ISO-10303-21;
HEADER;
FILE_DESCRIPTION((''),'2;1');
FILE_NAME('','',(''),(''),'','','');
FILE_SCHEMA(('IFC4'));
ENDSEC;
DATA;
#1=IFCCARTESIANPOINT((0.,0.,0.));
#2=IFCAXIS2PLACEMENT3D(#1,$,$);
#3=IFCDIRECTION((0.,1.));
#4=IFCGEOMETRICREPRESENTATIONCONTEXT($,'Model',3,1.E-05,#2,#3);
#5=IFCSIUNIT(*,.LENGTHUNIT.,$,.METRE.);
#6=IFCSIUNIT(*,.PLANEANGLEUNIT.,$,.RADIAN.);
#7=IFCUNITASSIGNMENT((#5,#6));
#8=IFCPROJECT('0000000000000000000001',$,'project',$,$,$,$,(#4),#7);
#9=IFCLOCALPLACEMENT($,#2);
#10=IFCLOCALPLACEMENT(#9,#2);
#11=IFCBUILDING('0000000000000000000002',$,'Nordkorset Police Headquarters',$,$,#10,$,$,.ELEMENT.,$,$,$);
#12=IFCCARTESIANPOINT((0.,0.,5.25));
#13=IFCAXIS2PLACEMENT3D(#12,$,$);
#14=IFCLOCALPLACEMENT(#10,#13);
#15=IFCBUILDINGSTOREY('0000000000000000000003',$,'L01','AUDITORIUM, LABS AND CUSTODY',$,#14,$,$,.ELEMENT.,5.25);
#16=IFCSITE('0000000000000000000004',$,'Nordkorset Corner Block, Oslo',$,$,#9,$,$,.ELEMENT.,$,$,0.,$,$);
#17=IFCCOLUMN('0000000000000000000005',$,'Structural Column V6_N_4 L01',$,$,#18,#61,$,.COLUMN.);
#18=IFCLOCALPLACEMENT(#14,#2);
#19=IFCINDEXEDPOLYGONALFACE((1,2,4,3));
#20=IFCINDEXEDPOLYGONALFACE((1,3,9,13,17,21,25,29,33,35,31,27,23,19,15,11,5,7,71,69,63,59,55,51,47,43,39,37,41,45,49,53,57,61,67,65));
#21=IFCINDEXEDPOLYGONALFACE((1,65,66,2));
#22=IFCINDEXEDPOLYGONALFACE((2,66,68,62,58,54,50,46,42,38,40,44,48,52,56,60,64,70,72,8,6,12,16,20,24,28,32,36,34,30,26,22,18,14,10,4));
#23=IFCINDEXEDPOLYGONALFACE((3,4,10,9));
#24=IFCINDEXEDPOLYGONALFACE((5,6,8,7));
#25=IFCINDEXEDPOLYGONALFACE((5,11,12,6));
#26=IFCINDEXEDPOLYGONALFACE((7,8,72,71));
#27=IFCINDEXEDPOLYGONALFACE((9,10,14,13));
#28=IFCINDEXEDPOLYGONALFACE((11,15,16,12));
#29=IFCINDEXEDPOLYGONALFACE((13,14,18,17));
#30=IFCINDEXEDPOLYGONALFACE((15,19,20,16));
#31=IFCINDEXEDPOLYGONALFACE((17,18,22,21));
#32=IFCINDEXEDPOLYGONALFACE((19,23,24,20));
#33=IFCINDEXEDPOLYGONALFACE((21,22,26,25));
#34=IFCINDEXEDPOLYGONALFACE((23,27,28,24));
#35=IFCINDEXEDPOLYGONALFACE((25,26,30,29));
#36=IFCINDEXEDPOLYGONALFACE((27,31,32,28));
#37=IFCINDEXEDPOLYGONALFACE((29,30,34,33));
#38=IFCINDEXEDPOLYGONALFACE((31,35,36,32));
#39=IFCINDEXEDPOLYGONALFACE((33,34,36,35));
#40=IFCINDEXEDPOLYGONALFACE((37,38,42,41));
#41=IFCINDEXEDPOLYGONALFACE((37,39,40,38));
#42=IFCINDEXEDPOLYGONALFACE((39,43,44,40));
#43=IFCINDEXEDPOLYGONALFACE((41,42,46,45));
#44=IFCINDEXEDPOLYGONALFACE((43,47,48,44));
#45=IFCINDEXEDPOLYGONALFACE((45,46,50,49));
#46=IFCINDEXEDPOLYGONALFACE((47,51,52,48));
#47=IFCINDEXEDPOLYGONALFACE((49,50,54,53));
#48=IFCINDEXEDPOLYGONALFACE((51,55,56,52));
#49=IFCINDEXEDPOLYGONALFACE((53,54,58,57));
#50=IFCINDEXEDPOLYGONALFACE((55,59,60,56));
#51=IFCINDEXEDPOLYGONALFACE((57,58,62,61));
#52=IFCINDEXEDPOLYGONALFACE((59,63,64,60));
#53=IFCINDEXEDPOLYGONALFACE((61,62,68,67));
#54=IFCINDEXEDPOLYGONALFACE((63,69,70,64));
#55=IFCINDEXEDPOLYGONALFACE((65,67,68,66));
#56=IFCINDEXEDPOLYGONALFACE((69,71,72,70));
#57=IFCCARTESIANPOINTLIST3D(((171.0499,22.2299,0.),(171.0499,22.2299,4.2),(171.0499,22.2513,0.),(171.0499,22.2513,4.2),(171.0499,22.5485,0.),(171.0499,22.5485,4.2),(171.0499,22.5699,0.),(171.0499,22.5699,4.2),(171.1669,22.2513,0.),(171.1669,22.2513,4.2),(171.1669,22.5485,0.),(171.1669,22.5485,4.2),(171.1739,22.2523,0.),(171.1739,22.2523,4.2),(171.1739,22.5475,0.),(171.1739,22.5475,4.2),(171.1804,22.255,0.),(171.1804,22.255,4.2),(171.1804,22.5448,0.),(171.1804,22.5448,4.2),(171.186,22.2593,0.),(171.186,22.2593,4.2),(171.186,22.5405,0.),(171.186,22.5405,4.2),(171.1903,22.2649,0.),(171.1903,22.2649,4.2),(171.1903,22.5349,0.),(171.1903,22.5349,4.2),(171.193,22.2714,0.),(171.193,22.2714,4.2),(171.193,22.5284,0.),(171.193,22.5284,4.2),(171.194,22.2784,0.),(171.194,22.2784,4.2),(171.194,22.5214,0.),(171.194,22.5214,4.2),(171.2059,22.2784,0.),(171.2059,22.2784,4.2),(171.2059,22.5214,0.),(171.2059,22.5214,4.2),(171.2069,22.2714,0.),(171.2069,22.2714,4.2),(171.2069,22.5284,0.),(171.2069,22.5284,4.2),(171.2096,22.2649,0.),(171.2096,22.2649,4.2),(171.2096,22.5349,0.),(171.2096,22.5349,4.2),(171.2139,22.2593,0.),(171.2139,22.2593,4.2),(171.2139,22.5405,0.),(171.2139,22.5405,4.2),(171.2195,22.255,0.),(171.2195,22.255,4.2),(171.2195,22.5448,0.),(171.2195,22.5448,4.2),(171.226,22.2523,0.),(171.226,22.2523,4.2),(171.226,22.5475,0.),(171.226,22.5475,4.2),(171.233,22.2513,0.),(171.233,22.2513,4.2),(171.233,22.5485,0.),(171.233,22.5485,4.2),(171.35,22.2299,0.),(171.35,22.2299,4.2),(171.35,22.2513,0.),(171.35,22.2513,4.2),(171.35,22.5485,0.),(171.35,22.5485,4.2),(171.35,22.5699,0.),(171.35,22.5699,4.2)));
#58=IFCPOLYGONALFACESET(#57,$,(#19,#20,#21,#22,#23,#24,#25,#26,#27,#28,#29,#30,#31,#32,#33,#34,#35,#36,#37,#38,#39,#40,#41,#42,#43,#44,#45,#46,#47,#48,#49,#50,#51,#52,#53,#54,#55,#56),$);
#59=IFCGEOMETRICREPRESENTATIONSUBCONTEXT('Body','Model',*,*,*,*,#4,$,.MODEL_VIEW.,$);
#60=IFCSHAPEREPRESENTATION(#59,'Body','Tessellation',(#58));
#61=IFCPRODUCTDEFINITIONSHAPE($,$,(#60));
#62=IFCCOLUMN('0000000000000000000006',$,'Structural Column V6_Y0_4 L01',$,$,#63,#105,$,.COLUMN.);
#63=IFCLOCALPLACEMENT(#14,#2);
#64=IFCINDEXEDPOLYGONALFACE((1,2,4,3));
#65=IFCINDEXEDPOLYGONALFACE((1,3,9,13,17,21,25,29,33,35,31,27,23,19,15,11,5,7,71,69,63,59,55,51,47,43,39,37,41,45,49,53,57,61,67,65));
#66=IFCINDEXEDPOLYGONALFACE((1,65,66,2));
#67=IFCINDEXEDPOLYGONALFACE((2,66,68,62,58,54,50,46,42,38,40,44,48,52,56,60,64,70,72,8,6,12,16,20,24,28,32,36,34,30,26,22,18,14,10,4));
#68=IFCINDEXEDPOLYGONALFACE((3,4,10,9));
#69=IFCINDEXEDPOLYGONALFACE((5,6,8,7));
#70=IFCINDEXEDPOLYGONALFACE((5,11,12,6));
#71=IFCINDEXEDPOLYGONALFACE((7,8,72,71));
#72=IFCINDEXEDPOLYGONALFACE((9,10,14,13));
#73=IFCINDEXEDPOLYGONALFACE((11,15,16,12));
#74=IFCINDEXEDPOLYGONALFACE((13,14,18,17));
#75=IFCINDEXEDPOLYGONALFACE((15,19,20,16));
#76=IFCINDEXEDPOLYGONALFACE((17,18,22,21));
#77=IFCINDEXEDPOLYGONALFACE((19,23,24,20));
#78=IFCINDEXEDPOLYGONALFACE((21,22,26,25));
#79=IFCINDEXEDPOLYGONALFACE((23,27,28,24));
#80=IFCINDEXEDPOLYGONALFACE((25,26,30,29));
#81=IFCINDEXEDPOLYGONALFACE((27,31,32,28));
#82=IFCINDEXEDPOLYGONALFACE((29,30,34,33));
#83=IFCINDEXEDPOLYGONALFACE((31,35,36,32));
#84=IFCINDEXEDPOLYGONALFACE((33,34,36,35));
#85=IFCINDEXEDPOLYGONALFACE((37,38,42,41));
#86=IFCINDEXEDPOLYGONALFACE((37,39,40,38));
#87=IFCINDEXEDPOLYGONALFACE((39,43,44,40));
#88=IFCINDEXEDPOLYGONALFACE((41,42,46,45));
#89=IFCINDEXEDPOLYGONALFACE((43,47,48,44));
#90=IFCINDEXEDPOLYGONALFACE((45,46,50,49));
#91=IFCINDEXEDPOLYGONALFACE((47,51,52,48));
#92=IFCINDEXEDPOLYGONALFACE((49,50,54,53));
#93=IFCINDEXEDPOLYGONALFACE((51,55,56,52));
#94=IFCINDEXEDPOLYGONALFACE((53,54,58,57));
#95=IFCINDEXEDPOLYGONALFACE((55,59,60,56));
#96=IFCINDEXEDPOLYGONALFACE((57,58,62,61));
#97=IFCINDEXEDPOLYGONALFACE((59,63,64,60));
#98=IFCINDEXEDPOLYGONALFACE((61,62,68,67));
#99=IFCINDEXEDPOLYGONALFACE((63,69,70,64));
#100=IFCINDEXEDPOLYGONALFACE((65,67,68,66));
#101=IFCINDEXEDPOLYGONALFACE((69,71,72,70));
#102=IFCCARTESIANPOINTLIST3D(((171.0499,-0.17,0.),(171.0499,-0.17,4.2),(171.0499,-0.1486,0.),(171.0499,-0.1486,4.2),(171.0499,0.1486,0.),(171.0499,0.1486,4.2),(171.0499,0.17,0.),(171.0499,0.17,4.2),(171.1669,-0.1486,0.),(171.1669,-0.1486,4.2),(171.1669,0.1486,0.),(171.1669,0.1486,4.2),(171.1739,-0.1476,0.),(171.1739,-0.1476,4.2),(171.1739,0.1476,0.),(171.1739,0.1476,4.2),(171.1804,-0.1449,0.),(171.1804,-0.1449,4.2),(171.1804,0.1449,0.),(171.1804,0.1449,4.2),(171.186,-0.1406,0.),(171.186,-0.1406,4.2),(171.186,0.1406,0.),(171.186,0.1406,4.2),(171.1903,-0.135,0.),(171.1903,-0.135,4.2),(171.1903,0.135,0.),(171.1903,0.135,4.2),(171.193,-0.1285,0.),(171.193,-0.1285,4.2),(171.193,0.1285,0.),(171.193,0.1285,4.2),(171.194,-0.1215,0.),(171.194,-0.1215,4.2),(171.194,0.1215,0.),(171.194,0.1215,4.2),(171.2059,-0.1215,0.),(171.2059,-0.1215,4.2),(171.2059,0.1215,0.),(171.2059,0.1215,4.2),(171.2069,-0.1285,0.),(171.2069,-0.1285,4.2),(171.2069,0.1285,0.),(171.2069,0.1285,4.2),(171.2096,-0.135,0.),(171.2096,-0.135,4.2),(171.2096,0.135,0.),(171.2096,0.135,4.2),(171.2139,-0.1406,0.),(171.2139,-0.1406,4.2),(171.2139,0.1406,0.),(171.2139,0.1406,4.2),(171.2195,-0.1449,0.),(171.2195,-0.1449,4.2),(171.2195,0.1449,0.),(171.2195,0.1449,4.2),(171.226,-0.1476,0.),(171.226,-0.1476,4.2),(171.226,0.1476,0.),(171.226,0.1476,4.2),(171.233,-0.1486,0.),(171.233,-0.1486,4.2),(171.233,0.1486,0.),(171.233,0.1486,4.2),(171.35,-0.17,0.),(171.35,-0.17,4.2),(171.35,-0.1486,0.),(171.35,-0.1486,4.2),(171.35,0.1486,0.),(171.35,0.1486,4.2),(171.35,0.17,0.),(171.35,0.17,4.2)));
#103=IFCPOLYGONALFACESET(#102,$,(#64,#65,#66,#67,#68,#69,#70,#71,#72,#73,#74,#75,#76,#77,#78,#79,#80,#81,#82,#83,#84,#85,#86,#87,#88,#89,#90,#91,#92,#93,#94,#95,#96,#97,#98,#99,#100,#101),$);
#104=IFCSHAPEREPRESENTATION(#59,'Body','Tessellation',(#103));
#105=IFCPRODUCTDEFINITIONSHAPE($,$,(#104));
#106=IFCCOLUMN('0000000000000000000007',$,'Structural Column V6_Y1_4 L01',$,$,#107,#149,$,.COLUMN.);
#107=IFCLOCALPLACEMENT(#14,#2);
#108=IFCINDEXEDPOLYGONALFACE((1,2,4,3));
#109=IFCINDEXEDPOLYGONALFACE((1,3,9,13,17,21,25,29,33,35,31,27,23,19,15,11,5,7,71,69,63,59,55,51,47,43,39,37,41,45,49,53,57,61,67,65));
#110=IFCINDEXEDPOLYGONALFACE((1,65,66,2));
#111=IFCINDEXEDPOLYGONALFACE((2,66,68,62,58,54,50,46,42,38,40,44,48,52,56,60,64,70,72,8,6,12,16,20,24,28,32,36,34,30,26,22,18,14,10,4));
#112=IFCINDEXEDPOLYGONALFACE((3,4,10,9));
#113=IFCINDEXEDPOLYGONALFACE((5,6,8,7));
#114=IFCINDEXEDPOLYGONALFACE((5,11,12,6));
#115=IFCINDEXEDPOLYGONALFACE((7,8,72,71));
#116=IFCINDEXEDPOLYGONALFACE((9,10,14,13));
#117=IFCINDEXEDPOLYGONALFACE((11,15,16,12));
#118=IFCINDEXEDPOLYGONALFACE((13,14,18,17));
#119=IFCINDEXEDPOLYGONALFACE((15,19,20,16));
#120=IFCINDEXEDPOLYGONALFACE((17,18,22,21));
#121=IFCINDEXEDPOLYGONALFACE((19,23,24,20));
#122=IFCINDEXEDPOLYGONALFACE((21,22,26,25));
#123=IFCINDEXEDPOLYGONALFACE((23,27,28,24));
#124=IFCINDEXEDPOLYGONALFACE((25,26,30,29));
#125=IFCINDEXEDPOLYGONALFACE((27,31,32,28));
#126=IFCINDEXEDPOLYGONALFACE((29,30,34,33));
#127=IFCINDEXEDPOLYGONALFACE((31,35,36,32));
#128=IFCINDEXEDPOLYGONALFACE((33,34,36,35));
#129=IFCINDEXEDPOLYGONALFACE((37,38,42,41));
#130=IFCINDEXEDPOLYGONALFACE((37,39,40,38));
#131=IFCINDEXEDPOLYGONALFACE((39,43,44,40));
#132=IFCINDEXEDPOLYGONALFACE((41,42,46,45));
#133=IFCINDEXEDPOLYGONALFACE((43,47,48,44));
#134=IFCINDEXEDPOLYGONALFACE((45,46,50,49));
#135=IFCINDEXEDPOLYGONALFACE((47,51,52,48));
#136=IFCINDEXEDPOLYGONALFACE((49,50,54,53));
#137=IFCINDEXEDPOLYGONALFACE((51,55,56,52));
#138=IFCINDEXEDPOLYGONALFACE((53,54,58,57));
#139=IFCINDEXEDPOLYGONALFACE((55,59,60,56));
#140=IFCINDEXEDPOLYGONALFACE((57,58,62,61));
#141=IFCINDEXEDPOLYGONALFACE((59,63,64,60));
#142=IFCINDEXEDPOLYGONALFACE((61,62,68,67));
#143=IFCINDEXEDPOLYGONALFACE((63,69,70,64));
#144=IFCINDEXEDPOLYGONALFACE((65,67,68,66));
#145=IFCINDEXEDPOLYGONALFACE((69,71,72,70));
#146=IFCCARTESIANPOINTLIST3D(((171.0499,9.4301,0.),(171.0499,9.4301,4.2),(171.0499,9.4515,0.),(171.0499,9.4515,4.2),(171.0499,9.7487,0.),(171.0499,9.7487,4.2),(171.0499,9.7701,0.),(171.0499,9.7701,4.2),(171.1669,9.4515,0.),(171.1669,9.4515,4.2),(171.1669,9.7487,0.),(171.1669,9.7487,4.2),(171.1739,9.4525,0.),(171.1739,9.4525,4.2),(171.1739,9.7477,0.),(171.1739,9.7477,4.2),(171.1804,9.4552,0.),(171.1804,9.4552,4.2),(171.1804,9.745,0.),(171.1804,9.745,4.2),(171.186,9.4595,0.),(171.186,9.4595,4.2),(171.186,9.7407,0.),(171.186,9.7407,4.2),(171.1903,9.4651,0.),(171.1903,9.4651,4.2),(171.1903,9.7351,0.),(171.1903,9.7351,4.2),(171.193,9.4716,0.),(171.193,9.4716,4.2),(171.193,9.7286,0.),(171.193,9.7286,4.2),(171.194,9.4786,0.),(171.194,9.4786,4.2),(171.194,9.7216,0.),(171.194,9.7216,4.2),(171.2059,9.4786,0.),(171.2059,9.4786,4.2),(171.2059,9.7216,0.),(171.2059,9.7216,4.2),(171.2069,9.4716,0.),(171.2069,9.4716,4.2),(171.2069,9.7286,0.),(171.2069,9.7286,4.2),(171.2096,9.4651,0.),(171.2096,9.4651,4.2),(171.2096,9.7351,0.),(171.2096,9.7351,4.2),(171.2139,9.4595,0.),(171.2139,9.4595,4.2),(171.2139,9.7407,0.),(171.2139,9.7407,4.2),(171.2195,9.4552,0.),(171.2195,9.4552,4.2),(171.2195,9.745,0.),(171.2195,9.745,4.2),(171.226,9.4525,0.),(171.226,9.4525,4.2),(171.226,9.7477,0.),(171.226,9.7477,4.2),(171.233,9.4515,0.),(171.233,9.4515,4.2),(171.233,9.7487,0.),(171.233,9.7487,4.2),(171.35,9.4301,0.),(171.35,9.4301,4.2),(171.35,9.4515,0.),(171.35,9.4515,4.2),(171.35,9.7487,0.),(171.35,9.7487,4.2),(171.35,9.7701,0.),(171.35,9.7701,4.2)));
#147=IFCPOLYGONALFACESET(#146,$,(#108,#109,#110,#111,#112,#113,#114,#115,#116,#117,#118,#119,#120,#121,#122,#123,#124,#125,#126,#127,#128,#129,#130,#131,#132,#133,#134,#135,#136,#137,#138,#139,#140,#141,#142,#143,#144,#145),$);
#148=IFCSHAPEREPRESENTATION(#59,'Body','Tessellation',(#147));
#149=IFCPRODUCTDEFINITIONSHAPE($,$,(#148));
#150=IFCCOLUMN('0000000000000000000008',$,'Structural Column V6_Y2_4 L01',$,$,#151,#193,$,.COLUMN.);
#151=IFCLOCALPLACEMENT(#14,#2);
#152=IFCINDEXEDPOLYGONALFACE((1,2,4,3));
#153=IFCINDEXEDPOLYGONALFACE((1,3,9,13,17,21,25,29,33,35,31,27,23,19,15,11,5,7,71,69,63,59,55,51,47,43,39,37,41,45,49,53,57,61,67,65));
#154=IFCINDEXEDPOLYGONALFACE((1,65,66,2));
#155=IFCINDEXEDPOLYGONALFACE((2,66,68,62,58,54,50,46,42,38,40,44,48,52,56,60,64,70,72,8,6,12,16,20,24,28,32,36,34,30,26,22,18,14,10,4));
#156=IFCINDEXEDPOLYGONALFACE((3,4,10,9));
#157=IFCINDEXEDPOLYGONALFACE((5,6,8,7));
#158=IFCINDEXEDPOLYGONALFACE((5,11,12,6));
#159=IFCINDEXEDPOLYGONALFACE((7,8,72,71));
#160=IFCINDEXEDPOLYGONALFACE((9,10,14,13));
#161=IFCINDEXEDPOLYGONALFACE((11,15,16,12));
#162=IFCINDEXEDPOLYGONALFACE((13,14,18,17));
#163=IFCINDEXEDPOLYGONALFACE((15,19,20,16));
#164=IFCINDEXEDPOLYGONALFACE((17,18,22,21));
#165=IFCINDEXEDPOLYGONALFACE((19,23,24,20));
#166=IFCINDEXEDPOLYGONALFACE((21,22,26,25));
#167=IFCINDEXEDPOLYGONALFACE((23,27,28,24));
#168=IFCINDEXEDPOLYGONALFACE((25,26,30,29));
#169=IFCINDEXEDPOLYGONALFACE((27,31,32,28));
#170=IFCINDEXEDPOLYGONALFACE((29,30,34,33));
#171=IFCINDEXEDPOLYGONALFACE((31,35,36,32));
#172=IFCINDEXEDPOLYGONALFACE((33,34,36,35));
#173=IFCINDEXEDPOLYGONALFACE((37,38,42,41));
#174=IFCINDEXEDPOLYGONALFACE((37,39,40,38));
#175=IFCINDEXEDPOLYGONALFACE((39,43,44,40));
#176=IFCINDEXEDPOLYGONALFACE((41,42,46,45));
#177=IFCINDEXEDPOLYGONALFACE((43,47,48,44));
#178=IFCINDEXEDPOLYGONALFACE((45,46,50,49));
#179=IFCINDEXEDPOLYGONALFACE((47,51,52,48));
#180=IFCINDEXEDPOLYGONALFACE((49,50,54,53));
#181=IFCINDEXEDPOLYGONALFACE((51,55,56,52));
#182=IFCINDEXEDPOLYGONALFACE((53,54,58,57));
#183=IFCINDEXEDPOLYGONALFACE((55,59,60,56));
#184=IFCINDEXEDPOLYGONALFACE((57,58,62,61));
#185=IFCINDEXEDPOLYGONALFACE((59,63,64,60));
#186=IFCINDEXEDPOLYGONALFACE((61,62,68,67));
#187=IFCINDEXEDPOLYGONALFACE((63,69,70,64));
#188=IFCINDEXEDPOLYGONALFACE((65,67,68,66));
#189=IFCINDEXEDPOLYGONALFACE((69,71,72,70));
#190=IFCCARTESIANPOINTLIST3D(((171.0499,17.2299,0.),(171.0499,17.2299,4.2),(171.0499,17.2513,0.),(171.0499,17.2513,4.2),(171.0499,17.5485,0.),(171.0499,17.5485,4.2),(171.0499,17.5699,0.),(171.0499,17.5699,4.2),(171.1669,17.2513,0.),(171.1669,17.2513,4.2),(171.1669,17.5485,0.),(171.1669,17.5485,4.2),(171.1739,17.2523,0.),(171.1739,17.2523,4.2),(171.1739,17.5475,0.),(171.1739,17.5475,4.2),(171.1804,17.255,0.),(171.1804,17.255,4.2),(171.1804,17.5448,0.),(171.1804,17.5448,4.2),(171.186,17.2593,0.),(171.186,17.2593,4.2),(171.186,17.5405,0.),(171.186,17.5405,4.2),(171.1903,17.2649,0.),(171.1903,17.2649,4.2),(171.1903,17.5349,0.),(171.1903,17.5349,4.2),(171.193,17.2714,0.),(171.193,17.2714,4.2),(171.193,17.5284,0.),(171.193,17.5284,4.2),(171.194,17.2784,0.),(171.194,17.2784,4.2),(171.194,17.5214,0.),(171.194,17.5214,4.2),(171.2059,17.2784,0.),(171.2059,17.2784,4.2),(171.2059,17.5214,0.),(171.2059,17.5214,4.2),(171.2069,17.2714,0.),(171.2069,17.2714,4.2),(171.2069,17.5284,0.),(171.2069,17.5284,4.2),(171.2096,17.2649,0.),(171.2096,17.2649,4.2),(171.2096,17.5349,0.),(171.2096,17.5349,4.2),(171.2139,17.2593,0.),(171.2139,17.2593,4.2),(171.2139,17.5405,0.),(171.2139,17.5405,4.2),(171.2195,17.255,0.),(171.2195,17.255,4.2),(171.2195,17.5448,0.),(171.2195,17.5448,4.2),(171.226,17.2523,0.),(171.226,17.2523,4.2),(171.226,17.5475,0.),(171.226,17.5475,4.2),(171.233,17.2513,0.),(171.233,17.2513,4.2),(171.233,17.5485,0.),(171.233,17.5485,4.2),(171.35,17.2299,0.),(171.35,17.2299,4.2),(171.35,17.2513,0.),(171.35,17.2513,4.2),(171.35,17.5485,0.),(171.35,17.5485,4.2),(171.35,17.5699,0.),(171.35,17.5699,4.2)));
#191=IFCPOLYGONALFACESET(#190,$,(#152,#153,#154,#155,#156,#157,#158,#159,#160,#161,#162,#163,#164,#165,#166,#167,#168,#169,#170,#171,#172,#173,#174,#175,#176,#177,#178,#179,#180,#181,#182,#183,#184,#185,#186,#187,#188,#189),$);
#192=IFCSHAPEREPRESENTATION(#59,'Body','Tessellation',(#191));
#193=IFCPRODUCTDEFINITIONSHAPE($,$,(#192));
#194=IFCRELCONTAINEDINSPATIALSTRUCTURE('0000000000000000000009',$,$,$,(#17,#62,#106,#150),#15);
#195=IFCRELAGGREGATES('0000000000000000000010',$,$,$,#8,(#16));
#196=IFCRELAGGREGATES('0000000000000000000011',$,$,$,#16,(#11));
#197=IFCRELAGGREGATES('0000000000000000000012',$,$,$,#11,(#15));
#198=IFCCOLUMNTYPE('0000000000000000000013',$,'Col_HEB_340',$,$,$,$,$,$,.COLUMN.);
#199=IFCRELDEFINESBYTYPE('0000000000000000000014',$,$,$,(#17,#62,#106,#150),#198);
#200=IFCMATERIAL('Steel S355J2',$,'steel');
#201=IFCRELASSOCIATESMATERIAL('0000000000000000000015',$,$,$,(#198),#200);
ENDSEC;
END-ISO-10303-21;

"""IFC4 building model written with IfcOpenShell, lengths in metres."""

from ifc_helpers import new_model, si_unit, direction, frame, origin, origin_2d, place, context, subcontext, project, spatial, i_section, extrude, material, material_profile, profile_set, type_object, element, save


model = new_model("IFC4")

# Units and contexts
model_context = context("Model", 3, precision=1e-05, world=origin(), true_north=direction((0.0, 1.0)))
body_context = subcontext(model_context, "Body", "Model", "MODEL_VIEW")
ifc_project = project(units=[si_unit("LENGTHUNIT", "METRE"), si_unit("PLANEANGLEUNIT", "RADIAN")], contexts=[model_context])

# Site, building, storey
site_placement = place(None, origin())
site = spatial("IfcSite", under=ifc_project, at=site_placement, Name="Nordkorset Corner Block, Oslo", CompositionType="ELEMENT", RefElevation=0.0)
building_placement = place(site_placement, origin())
building = spatial("IfcBuilding", under=site, at=building_placement, Name="Nordkorset Police Headquarters", CompositionType="ELEMENT")
storey_placement = place(building_placement, frame((0.0, 0.0, 5.25)))
storey = spatial("IfcBuildingStorey", under=building, at=storey_placement, Name="L01", Description="AUDITORIUM, LABS AND CUSTODY", CompositionType="ELEMENT", Elevation=5.25)

# Columns
ifc_material_1 = material(Name="Steel S355J2", Category="steel")
ifc_material_profile_1 = material_profile(ifc_material_1, i_section(OverallWidth=0.3, OverallDepth=0.3401, WebThickness=0.012, FlangeThickness=0.0215, FilletRadius=0.0271, at=origin_2d()), Name="HEB 340")
ifc_profile_set_1 = profile_set([ifc_material_profile_1], Name="Steel S355J2")
column_type = type_object("IfcColumnType", Name="Col_HEB_340", PredefinedType="COLUMN", material=ifc_profile_set_1)
for number, where, z_axis, x_axis, name in (
    (1, (171.2, 22.3999, 0.0), (0.0, 0.0, 1.0), (1.0, 0.0, 0.0), "Structural Column V6_N_4 L01"),
    (2, (171.2, 0.0, 0.0), (0.0, 0.0, 1.0), (1.0, 0.0, 0.0), "Structural Column V6_Y0_4 L01"),
    (3, (171.2, 9.6001, 0.0), (0.0, 0.0, 1.0), (1.0, 0.0, 0.0), "Structural Column V6_Y1_4 L01"),
    (4, (171.2, 17.3999, 0.0), (0.0, 0.0, 1.0), (1.0, 0.0, 0.0), "Structural Column V6_Y2_4 L01"),
):
    element("IfcColumn", number, at=place(storey_placement, frame(where, z_axis=z_axis, x_axis=x_axis)), inside=storey, type_object=column_type, Name=name, PredefinedType="COLUMN", context=body_context, shape_type="SweptSolid", body=[
        extrude(i_section(OverallWidth=0.3, OverallDepth=0.3401, WebThickness=0.012, FlangeThickness=0.0215, FilletRadius=0.0271, at=origin_2d()), origin(), (0.0, 0.0, 1.0), 4.2),
    ])

save(model, "model.ifc")
